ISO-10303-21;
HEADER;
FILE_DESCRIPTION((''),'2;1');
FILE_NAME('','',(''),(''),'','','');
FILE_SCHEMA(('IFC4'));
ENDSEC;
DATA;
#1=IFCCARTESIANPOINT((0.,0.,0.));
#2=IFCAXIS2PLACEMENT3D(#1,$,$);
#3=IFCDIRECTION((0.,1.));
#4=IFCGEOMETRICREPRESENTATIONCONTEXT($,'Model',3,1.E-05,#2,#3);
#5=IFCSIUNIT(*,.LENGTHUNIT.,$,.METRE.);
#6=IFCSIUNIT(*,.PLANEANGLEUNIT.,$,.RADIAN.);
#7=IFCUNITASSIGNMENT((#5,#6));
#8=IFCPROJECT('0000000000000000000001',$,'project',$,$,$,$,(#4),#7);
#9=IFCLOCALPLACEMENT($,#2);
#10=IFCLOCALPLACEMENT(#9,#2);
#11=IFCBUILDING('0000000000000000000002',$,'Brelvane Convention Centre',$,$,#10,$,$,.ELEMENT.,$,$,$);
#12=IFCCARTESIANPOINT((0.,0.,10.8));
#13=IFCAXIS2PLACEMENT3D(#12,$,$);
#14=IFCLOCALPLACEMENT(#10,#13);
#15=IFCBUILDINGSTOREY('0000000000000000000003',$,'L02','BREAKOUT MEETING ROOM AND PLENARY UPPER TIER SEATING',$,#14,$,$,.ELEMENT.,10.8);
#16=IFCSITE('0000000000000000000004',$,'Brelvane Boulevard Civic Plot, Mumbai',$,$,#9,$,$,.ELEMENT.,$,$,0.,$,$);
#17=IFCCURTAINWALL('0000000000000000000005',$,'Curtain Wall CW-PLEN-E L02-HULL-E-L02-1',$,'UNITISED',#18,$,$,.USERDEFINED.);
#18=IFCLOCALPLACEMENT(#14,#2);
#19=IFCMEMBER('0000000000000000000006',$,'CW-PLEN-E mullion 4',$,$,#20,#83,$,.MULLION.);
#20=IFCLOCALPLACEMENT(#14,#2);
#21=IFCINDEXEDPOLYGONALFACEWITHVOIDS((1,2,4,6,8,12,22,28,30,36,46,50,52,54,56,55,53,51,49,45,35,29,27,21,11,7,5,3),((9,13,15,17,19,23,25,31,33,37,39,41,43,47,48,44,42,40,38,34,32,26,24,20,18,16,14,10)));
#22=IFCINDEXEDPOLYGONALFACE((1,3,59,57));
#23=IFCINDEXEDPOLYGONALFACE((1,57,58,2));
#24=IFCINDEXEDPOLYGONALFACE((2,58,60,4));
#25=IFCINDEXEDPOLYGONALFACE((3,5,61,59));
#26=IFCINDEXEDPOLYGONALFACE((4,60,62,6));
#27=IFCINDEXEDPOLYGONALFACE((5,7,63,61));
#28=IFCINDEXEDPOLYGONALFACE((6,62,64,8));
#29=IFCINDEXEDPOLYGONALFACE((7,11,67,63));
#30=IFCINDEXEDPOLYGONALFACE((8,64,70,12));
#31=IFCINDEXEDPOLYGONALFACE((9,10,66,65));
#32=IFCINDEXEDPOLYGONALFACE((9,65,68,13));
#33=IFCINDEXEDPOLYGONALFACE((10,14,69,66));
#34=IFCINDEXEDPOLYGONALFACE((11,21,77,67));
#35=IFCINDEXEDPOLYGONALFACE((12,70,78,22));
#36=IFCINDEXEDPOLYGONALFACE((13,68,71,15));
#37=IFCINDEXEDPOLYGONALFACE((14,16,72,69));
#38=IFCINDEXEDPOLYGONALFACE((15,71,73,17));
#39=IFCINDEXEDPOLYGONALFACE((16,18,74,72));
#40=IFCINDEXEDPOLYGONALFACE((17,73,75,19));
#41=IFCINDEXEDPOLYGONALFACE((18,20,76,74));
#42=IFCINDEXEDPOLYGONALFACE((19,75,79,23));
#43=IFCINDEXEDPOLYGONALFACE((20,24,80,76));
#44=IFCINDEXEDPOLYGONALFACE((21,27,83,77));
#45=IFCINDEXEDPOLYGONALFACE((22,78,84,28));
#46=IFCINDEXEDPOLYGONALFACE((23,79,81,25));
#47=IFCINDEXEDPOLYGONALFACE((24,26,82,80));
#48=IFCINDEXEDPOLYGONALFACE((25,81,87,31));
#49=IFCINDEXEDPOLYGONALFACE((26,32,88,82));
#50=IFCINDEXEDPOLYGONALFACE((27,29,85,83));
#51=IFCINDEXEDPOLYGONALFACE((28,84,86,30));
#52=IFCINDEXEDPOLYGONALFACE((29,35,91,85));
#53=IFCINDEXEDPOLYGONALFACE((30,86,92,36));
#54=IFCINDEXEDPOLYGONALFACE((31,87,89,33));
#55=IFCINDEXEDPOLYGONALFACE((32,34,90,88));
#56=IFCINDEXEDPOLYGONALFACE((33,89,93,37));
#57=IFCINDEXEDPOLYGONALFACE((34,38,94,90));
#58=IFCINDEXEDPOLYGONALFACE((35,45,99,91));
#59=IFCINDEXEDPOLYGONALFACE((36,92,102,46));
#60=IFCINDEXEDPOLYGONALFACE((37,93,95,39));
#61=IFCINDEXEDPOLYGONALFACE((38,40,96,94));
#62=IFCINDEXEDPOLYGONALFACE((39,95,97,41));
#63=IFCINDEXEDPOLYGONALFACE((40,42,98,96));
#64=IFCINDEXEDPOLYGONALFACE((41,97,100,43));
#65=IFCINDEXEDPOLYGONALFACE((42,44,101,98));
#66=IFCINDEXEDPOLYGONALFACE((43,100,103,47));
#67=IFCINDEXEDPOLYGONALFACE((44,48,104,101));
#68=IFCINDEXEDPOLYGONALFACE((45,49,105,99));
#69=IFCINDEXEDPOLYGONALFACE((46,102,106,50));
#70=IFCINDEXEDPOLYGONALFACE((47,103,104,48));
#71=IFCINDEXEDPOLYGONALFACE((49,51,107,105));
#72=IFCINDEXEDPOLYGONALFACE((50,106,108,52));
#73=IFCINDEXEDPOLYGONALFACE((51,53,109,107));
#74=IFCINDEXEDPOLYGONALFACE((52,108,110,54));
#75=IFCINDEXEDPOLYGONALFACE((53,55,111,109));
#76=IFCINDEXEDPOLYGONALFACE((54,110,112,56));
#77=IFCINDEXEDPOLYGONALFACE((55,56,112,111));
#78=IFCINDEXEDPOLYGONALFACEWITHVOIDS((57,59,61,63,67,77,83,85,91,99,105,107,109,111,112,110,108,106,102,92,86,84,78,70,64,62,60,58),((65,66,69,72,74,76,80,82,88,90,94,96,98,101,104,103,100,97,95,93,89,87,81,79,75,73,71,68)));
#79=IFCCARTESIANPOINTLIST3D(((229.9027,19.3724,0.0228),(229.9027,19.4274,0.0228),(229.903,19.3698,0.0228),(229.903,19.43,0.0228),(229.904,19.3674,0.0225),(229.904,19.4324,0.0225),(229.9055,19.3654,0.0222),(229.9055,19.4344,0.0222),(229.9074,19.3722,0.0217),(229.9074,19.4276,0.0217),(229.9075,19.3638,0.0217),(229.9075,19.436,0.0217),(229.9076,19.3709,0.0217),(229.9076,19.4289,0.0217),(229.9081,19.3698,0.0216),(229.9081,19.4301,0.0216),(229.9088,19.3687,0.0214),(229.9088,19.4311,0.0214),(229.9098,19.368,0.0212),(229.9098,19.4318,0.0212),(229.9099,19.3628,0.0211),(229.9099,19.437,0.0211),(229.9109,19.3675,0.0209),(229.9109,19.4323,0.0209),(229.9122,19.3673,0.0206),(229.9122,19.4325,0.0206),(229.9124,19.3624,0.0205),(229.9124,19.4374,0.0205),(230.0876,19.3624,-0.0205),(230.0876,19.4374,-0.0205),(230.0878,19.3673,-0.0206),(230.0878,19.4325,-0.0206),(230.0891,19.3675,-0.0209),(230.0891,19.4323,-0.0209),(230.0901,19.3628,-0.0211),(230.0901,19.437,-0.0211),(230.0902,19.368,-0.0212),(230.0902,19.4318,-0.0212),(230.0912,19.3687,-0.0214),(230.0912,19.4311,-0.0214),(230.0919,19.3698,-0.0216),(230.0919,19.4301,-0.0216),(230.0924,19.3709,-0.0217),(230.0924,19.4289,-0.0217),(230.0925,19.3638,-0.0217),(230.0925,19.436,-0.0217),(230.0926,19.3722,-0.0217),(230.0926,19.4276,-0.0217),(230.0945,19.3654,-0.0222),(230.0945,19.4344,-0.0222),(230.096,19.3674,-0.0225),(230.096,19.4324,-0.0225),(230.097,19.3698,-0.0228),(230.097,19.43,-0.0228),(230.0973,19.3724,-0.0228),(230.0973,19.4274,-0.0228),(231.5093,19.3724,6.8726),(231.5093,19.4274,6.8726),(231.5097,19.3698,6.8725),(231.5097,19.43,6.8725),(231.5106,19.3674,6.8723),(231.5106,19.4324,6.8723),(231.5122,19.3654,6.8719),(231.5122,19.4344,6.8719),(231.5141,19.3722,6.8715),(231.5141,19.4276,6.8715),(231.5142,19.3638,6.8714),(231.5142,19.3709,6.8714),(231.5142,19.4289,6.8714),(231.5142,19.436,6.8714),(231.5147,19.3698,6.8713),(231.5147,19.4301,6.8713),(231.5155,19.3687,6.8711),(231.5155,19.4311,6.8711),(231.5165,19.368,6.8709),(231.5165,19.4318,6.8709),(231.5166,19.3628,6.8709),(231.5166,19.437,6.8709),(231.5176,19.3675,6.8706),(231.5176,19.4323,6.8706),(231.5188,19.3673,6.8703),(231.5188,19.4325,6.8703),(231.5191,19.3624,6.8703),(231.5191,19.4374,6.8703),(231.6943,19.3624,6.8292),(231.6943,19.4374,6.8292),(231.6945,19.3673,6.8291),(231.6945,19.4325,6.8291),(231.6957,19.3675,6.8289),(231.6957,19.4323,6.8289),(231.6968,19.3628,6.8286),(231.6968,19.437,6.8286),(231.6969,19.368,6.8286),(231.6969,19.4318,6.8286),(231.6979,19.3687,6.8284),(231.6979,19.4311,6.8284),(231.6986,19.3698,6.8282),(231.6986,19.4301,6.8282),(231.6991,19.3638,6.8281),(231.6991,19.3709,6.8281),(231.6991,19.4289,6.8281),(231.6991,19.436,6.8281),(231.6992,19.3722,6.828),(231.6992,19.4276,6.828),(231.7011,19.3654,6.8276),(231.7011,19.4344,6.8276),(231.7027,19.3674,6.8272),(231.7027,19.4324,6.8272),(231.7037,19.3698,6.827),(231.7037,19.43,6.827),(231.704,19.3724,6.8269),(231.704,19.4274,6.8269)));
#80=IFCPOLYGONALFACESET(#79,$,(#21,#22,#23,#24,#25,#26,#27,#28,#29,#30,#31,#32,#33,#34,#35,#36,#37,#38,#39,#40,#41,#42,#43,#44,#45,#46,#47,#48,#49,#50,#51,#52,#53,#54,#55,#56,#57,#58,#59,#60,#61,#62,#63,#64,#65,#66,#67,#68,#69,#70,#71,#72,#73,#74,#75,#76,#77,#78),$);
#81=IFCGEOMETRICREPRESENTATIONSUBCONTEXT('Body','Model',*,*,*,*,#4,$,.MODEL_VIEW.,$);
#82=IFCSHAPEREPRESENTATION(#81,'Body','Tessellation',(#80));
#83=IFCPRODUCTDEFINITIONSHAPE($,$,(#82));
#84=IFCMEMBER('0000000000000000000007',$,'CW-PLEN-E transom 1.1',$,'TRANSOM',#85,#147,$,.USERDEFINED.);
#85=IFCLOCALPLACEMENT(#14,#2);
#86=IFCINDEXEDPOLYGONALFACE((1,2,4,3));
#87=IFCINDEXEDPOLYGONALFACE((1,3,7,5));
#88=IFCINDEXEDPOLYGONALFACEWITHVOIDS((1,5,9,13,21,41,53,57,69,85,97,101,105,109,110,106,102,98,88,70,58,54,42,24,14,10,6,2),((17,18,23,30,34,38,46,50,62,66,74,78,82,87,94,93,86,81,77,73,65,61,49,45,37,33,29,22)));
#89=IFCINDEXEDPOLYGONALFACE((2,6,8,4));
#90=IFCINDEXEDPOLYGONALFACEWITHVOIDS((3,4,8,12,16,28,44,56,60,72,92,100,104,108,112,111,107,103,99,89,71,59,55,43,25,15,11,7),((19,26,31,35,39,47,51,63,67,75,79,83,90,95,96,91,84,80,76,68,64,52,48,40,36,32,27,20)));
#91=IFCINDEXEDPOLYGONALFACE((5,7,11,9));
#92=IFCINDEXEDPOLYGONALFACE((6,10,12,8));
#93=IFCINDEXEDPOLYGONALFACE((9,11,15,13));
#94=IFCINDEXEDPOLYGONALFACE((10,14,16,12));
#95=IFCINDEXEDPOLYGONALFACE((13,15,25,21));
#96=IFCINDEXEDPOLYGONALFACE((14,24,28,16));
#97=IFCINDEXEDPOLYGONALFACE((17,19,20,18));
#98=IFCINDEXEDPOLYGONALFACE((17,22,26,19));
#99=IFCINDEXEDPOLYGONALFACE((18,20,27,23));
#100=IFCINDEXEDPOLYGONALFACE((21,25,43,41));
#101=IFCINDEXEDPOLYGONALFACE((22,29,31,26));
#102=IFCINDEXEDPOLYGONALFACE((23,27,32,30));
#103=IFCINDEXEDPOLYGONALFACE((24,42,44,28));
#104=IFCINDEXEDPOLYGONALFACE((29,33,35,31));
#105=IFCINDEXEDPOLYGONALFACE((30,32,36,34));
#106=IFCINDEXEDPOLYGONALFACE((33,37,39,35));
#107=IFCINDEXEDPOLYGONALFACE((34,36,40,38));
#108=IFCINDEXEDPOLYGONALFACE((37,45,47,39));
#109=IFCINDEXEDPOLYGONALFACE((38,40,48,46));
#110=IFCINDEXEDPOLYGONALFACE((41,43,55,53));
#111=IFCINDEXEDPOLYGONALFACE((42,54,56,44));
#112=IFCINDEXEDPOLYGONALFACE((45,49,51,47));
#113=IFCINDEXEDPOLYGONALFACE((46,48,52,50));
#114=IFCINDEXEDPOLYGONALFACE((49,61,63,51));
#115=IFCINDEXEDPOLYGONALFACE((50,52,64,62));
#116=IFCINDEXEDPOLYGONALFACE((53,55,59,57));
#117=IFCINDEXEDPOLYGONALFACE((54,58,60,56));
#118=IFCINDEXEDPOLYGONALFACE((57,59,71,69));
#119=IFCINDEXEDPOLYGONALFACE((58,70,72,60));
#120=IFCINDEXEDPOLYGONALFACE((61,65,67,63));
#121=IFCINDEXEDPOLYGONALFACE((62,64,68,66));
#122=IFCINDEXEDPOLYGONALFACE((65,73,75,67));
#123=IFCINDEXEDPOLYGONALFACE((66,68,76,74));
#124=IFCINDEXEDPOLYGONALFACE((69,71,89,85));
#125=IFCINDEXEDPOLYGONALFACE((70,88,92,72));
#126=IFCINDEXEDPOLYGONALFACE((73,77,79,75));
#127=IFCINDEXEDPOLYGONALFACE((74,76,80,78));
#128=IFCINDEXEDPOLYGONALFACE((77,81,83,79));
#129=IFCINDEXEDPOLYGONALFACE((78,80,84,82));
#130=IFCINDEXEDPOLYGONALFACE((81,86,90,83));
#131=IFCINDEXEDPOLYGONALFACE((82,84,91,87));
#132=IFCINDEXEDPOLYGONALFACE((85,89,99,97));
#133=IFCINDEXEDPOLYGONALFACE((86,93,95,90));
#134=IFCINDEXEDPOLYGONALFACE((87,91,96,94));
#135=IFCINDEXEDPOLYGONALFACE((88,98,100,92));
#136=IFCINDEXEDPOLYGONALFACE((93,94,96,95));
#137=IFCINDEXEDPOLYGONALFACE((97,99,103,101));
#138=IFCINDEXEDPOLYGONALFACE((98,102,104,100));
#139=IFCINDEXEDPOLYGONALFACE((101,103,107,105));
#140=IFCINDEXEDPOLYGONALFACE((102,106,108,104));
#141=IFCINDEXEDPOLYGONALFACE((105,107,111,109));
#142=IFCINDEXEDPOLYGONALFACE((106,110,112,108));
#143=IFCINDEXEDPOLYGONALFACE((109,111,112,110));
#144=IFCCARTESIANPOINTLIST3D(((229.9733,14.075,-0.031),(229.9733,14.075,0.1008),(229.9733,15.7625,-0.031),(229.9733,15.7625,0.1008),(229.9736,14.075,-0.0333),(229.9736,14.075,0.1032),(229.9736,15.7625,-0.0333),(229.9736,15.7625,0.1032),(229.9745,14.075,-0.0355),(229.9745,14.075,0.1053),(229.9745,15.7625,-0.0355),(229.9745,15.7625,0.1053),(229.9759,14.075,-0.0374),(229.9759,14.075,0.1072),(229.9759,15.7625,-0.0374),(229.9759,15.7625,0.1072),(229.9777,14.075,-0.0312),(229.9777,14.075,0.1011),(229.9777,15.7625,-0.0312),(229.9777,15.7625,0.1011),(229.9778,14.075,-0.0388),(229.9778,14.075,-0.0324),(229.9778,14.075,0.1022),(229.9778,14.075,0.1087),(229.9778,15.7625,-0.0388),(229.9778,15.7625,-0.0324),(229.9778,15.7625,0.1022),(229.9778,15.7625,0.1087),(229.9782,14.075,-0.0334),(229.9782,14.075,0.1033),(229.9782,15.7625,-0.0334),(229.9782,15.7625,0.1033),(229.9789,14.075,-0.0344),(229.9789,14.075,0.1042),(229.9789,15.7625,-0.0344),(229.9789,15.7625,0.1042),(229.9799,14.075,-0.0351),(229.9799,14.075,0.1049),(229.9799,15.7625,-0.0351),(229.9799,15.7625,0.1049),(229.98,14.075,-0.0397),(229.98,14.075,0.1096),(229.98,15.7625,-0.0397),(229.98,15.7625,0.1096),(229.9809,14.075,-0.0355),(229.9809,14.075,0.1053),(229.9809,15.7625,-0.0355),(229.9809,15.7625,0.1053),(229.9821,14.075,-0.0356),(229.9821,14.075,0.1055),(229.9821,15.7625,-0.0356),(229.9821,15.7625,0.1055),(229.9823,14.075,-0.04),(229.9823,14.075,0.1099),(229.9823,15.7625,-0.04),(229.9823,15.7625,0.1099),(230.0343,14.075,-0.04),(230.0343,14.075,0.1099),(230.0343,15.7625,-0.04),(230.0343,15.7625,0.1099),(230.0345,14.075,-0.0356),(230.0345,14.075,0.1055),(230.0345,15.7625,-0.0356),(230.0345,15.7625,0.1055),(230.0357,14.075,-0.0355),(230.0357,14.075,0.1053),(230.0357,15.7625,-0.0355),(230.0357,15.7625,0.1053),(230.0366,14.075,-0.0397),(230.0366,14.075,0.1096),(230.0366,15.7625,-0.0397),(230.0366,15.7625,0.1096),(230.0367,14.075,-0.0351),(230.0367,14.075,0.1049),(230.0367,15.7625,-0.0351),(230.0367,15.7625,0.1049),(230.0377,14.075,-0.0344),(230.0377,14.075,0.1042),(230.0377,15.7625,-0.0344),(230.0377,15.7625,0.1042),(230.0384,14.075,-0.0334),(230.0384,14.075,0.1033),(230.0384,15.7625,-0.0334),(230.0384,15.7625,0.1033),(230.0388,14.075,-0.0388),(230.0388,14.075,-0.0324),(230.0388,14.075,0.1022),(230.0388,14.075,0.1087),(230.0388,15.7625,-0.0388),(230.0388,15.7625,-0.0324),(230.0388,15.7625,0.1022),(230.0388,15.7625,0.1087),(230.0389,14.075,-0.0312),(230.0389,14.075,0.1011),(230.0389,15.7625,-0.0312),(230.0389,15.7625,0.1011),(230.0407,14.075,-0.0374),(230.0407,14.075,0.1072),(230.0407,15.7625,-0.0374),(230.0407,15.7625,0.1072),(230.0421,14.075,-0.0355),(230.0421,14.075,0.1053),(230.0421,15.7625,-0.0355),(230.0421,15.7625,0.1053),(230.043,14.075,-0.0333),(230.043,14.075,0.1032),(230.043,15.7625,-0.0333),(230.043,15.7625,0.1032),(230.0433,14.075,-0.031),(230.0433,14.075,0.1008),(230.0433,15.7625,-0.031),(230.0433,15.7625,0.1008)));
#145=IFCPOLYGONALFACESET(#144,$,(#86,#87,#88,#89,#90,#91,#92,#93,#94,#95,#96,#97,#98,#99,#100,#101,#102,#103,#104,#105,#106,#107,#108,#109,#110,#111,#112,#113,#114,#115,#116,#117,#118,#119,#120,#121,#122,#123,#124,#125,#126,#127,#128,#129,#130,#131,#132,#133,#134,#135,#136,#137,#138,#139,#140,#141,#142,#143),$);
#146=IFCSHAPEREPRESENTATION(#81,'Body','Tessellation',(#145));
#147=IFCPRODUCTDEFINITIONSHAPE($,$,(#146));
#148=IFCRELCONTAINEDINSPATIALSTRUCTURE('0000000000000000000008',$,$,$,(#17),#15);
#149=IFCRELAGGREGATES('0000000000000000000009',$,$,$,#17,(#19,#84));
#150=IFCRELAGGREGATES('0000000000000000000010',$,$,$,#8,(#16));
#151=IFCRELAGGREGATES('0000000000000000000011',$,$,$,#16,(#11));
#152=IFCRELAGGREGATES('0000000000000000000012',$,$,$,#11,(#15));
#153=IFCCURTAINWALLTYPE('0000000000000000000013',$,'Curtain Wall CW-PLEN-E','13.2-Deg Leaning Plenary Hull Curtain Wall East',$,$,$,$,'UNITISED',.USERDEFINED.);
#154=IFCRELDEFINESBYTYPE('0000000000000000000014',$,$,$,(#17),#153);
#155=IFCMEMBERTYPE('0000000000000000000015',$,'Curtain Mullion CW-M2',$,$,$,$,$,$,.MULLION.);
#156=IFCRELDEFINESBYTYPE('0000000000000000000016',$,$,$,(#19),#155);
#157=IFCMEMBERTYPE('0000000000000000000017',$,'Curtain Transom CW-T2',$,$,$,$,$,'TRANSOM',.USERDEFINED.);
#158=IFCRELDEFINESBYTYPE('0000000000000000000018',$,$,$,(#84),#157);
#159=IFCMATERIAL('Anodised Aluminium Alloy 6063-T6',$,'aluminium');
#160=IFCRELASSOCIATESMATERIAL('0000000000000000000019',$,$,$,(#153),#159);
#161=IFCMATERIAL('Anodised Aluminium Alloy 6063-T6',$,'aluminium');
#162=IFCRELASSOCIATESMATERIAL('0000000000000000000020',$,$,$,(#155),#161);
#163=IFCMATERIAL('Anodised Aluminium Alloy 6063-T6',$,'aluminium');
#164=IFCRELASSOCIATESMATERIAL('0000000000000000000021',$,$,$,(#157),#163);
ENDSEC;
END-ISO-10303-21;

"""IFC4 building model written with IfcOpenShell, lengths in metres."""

from ifc_helpers import new_model, si_unit, direction, frame, origin, origin_2d, place, context, subcontext, project, spatial, hollow_rectangle, extrude, material, material_profile, profile_set, type_object, element, aggregate, save


model = new_model("IFC4")

# Units and contexts
model_context = context("Model", 3, precision=1e-05, world=origin(), true_north=direction((0.0, 1.0)))
body_context = subcontext(model_context, "Body", "Model", "MODEL_VIEW")
ifc_project = project(units=[si_unit("LENGTHUNIT", "METRE"), si_unit("PLANEANGLEUNIT", "RADIAN")], contexts=[model_context])

# Site, building, storey
site_placement = place(None, origin())
site = spatial("IfcSite", under=ifc_project, at=site_placement, Name="Brelvane Boulevard Civic Plot, Mumbai", CompositionType="ELEMENT", RefElevation=0.0)
building_placement = place(site_placement, origin())
building = spatial("IfcBuilding", under=site, at=building_placement, Name="Brelvane Convention Centre", CompositionType="ELEMENT")
storey_placement = place(building_placement, frame((0.0, 0.0, 10.8)))
storey = spatial("IfcBuildingStorey", under=building, at=storey_placement, Name="L02", Description="BREAKOUT MEETING ROOM AND PLENARY UPPER TIER SEATING", CompositionType="ELEMENT", Elevation=10.8)

# Curtain wall, members
ifc_material_1 = material(Name="Anodised Aluminium Alloy 6063-T6", Category="aluminium")
curtain_wall_type = type_object("IfcCurtainWallType", Name="Curtain Wall CW-PLEN-E", Description="13.2-Deg Leaning Plenary Hull Curtain Wall East", ElementType="UNITISED", PredefinedType="USERDEFINED", material=ifc_material_1)
curtain_wall_placement = place(storey_placement, origin())
curtain_wall = element("IfcCurtainWall", 1, at=curtain_wall_placement, inside=storey, type_object=curtain_wall_type, Name="Curtain Wall CW-PLEN-E L02-HULL-E-L02-1", ObjectType="UNITISED", PredefinedType="USERDEFINED")
ifc_material_2 = material(Name="Anodised Aluminium Alloy 6063-T6", Category="aluminium")
ifc_material_profile_1 = material_profile(ifc_material_2, hollow_rectangle(XDim=0.075, YDim=0.2, WallThickness=0.0049, InnerFilletRadius=0.0049, OuterFilletRadius=0.01, at=origin_2d()), Name="ALU-M 200x75x5.0")
ifc_profile_set_1 = profile_set([ifc_material_profile_1], Name="Anodised Aluminium Alloy 6063-T6")
member_type_1 = type_object("IfcMemberType", Name="Curtain Mullion CW-M2", PredefinedType="MULLION", material=ifc_profile_set_1)
member_1_placement = place(storey_placement, frame((230.0, 19.3999, 0.0), z_axis=(0.22836, 0.0, 0.973577), x_axis=(0.0, 1.0, 0.0)))
member_1 = element("IfcMember", 2, at=member_1_placement, type_object=member_type_1, Name="CW-PLEN-E mullion 4", PredefinedType="MULLION", context=body_context, shape_type="SweptSolid", body=[
    extrude(hollow_rectangle(XDim=0.075, YDim=0.2, WallThickness=0.0049, InnerFilletRadius=0.0049, OuterFilletRadius=0.01, at=origin_2d()), origin(), (0.0, 0.0, 1.0), 7.0356),
])
ifc_material_3 = material(Name="Anodised Aluminium Alloy 6063-T6", Category="aluminium")
ifc_material_profile_2 = material_profile(ifc_material_3, hollow_rectangle(XDim=0.0701, YDim=0.1499, WallThickness=0.0044, InnerFilletRadius=0.0044, OuterFilletRadius=0.009, at=origin_2d()), Name="ALU-T 150x70x4.5")
ifc_profile_set_2 = profile_set([ifc_material_profile_2], Name="Anodised Aluminium Alloy 6063-T6")
member_type_2 = type_object("IfcMemberType", Name="Curtain Transom CW-T2", ElementType="TRANSOM", PredefinedType="USERDEFINED", material=ifc_profile_set_2)
member_2_placement = place(storey_placement, frame((230.0083, 14.075, 0.0349), z_axis=(0.0, 1.0, 0.0), x_axis=(-1.0, 0.0, 0.0)))
member_2 = element("IfcMember", 3, at=member_2_placement, type_object=member_type_2, Name="CW-PLEN-E transom 1.1", ObjectType="TRANSOM", PredefinedType="USERDEFINED", context=body_context, shape_type="SweptSolid", body=[
    extrude(hollow_rectangle(XDim=0.0701, YDim=0.1499, WallThickness=0.0044, InnerFilletRadius=0.0044, OuterFilletRadius=0.009, at=origin_2d()), origin(), (0.0, 0.0, 1.0), 1.6875),
])
aggregate(curtain_wall, [member_1, member_2])

save(model, "model.ifc")
